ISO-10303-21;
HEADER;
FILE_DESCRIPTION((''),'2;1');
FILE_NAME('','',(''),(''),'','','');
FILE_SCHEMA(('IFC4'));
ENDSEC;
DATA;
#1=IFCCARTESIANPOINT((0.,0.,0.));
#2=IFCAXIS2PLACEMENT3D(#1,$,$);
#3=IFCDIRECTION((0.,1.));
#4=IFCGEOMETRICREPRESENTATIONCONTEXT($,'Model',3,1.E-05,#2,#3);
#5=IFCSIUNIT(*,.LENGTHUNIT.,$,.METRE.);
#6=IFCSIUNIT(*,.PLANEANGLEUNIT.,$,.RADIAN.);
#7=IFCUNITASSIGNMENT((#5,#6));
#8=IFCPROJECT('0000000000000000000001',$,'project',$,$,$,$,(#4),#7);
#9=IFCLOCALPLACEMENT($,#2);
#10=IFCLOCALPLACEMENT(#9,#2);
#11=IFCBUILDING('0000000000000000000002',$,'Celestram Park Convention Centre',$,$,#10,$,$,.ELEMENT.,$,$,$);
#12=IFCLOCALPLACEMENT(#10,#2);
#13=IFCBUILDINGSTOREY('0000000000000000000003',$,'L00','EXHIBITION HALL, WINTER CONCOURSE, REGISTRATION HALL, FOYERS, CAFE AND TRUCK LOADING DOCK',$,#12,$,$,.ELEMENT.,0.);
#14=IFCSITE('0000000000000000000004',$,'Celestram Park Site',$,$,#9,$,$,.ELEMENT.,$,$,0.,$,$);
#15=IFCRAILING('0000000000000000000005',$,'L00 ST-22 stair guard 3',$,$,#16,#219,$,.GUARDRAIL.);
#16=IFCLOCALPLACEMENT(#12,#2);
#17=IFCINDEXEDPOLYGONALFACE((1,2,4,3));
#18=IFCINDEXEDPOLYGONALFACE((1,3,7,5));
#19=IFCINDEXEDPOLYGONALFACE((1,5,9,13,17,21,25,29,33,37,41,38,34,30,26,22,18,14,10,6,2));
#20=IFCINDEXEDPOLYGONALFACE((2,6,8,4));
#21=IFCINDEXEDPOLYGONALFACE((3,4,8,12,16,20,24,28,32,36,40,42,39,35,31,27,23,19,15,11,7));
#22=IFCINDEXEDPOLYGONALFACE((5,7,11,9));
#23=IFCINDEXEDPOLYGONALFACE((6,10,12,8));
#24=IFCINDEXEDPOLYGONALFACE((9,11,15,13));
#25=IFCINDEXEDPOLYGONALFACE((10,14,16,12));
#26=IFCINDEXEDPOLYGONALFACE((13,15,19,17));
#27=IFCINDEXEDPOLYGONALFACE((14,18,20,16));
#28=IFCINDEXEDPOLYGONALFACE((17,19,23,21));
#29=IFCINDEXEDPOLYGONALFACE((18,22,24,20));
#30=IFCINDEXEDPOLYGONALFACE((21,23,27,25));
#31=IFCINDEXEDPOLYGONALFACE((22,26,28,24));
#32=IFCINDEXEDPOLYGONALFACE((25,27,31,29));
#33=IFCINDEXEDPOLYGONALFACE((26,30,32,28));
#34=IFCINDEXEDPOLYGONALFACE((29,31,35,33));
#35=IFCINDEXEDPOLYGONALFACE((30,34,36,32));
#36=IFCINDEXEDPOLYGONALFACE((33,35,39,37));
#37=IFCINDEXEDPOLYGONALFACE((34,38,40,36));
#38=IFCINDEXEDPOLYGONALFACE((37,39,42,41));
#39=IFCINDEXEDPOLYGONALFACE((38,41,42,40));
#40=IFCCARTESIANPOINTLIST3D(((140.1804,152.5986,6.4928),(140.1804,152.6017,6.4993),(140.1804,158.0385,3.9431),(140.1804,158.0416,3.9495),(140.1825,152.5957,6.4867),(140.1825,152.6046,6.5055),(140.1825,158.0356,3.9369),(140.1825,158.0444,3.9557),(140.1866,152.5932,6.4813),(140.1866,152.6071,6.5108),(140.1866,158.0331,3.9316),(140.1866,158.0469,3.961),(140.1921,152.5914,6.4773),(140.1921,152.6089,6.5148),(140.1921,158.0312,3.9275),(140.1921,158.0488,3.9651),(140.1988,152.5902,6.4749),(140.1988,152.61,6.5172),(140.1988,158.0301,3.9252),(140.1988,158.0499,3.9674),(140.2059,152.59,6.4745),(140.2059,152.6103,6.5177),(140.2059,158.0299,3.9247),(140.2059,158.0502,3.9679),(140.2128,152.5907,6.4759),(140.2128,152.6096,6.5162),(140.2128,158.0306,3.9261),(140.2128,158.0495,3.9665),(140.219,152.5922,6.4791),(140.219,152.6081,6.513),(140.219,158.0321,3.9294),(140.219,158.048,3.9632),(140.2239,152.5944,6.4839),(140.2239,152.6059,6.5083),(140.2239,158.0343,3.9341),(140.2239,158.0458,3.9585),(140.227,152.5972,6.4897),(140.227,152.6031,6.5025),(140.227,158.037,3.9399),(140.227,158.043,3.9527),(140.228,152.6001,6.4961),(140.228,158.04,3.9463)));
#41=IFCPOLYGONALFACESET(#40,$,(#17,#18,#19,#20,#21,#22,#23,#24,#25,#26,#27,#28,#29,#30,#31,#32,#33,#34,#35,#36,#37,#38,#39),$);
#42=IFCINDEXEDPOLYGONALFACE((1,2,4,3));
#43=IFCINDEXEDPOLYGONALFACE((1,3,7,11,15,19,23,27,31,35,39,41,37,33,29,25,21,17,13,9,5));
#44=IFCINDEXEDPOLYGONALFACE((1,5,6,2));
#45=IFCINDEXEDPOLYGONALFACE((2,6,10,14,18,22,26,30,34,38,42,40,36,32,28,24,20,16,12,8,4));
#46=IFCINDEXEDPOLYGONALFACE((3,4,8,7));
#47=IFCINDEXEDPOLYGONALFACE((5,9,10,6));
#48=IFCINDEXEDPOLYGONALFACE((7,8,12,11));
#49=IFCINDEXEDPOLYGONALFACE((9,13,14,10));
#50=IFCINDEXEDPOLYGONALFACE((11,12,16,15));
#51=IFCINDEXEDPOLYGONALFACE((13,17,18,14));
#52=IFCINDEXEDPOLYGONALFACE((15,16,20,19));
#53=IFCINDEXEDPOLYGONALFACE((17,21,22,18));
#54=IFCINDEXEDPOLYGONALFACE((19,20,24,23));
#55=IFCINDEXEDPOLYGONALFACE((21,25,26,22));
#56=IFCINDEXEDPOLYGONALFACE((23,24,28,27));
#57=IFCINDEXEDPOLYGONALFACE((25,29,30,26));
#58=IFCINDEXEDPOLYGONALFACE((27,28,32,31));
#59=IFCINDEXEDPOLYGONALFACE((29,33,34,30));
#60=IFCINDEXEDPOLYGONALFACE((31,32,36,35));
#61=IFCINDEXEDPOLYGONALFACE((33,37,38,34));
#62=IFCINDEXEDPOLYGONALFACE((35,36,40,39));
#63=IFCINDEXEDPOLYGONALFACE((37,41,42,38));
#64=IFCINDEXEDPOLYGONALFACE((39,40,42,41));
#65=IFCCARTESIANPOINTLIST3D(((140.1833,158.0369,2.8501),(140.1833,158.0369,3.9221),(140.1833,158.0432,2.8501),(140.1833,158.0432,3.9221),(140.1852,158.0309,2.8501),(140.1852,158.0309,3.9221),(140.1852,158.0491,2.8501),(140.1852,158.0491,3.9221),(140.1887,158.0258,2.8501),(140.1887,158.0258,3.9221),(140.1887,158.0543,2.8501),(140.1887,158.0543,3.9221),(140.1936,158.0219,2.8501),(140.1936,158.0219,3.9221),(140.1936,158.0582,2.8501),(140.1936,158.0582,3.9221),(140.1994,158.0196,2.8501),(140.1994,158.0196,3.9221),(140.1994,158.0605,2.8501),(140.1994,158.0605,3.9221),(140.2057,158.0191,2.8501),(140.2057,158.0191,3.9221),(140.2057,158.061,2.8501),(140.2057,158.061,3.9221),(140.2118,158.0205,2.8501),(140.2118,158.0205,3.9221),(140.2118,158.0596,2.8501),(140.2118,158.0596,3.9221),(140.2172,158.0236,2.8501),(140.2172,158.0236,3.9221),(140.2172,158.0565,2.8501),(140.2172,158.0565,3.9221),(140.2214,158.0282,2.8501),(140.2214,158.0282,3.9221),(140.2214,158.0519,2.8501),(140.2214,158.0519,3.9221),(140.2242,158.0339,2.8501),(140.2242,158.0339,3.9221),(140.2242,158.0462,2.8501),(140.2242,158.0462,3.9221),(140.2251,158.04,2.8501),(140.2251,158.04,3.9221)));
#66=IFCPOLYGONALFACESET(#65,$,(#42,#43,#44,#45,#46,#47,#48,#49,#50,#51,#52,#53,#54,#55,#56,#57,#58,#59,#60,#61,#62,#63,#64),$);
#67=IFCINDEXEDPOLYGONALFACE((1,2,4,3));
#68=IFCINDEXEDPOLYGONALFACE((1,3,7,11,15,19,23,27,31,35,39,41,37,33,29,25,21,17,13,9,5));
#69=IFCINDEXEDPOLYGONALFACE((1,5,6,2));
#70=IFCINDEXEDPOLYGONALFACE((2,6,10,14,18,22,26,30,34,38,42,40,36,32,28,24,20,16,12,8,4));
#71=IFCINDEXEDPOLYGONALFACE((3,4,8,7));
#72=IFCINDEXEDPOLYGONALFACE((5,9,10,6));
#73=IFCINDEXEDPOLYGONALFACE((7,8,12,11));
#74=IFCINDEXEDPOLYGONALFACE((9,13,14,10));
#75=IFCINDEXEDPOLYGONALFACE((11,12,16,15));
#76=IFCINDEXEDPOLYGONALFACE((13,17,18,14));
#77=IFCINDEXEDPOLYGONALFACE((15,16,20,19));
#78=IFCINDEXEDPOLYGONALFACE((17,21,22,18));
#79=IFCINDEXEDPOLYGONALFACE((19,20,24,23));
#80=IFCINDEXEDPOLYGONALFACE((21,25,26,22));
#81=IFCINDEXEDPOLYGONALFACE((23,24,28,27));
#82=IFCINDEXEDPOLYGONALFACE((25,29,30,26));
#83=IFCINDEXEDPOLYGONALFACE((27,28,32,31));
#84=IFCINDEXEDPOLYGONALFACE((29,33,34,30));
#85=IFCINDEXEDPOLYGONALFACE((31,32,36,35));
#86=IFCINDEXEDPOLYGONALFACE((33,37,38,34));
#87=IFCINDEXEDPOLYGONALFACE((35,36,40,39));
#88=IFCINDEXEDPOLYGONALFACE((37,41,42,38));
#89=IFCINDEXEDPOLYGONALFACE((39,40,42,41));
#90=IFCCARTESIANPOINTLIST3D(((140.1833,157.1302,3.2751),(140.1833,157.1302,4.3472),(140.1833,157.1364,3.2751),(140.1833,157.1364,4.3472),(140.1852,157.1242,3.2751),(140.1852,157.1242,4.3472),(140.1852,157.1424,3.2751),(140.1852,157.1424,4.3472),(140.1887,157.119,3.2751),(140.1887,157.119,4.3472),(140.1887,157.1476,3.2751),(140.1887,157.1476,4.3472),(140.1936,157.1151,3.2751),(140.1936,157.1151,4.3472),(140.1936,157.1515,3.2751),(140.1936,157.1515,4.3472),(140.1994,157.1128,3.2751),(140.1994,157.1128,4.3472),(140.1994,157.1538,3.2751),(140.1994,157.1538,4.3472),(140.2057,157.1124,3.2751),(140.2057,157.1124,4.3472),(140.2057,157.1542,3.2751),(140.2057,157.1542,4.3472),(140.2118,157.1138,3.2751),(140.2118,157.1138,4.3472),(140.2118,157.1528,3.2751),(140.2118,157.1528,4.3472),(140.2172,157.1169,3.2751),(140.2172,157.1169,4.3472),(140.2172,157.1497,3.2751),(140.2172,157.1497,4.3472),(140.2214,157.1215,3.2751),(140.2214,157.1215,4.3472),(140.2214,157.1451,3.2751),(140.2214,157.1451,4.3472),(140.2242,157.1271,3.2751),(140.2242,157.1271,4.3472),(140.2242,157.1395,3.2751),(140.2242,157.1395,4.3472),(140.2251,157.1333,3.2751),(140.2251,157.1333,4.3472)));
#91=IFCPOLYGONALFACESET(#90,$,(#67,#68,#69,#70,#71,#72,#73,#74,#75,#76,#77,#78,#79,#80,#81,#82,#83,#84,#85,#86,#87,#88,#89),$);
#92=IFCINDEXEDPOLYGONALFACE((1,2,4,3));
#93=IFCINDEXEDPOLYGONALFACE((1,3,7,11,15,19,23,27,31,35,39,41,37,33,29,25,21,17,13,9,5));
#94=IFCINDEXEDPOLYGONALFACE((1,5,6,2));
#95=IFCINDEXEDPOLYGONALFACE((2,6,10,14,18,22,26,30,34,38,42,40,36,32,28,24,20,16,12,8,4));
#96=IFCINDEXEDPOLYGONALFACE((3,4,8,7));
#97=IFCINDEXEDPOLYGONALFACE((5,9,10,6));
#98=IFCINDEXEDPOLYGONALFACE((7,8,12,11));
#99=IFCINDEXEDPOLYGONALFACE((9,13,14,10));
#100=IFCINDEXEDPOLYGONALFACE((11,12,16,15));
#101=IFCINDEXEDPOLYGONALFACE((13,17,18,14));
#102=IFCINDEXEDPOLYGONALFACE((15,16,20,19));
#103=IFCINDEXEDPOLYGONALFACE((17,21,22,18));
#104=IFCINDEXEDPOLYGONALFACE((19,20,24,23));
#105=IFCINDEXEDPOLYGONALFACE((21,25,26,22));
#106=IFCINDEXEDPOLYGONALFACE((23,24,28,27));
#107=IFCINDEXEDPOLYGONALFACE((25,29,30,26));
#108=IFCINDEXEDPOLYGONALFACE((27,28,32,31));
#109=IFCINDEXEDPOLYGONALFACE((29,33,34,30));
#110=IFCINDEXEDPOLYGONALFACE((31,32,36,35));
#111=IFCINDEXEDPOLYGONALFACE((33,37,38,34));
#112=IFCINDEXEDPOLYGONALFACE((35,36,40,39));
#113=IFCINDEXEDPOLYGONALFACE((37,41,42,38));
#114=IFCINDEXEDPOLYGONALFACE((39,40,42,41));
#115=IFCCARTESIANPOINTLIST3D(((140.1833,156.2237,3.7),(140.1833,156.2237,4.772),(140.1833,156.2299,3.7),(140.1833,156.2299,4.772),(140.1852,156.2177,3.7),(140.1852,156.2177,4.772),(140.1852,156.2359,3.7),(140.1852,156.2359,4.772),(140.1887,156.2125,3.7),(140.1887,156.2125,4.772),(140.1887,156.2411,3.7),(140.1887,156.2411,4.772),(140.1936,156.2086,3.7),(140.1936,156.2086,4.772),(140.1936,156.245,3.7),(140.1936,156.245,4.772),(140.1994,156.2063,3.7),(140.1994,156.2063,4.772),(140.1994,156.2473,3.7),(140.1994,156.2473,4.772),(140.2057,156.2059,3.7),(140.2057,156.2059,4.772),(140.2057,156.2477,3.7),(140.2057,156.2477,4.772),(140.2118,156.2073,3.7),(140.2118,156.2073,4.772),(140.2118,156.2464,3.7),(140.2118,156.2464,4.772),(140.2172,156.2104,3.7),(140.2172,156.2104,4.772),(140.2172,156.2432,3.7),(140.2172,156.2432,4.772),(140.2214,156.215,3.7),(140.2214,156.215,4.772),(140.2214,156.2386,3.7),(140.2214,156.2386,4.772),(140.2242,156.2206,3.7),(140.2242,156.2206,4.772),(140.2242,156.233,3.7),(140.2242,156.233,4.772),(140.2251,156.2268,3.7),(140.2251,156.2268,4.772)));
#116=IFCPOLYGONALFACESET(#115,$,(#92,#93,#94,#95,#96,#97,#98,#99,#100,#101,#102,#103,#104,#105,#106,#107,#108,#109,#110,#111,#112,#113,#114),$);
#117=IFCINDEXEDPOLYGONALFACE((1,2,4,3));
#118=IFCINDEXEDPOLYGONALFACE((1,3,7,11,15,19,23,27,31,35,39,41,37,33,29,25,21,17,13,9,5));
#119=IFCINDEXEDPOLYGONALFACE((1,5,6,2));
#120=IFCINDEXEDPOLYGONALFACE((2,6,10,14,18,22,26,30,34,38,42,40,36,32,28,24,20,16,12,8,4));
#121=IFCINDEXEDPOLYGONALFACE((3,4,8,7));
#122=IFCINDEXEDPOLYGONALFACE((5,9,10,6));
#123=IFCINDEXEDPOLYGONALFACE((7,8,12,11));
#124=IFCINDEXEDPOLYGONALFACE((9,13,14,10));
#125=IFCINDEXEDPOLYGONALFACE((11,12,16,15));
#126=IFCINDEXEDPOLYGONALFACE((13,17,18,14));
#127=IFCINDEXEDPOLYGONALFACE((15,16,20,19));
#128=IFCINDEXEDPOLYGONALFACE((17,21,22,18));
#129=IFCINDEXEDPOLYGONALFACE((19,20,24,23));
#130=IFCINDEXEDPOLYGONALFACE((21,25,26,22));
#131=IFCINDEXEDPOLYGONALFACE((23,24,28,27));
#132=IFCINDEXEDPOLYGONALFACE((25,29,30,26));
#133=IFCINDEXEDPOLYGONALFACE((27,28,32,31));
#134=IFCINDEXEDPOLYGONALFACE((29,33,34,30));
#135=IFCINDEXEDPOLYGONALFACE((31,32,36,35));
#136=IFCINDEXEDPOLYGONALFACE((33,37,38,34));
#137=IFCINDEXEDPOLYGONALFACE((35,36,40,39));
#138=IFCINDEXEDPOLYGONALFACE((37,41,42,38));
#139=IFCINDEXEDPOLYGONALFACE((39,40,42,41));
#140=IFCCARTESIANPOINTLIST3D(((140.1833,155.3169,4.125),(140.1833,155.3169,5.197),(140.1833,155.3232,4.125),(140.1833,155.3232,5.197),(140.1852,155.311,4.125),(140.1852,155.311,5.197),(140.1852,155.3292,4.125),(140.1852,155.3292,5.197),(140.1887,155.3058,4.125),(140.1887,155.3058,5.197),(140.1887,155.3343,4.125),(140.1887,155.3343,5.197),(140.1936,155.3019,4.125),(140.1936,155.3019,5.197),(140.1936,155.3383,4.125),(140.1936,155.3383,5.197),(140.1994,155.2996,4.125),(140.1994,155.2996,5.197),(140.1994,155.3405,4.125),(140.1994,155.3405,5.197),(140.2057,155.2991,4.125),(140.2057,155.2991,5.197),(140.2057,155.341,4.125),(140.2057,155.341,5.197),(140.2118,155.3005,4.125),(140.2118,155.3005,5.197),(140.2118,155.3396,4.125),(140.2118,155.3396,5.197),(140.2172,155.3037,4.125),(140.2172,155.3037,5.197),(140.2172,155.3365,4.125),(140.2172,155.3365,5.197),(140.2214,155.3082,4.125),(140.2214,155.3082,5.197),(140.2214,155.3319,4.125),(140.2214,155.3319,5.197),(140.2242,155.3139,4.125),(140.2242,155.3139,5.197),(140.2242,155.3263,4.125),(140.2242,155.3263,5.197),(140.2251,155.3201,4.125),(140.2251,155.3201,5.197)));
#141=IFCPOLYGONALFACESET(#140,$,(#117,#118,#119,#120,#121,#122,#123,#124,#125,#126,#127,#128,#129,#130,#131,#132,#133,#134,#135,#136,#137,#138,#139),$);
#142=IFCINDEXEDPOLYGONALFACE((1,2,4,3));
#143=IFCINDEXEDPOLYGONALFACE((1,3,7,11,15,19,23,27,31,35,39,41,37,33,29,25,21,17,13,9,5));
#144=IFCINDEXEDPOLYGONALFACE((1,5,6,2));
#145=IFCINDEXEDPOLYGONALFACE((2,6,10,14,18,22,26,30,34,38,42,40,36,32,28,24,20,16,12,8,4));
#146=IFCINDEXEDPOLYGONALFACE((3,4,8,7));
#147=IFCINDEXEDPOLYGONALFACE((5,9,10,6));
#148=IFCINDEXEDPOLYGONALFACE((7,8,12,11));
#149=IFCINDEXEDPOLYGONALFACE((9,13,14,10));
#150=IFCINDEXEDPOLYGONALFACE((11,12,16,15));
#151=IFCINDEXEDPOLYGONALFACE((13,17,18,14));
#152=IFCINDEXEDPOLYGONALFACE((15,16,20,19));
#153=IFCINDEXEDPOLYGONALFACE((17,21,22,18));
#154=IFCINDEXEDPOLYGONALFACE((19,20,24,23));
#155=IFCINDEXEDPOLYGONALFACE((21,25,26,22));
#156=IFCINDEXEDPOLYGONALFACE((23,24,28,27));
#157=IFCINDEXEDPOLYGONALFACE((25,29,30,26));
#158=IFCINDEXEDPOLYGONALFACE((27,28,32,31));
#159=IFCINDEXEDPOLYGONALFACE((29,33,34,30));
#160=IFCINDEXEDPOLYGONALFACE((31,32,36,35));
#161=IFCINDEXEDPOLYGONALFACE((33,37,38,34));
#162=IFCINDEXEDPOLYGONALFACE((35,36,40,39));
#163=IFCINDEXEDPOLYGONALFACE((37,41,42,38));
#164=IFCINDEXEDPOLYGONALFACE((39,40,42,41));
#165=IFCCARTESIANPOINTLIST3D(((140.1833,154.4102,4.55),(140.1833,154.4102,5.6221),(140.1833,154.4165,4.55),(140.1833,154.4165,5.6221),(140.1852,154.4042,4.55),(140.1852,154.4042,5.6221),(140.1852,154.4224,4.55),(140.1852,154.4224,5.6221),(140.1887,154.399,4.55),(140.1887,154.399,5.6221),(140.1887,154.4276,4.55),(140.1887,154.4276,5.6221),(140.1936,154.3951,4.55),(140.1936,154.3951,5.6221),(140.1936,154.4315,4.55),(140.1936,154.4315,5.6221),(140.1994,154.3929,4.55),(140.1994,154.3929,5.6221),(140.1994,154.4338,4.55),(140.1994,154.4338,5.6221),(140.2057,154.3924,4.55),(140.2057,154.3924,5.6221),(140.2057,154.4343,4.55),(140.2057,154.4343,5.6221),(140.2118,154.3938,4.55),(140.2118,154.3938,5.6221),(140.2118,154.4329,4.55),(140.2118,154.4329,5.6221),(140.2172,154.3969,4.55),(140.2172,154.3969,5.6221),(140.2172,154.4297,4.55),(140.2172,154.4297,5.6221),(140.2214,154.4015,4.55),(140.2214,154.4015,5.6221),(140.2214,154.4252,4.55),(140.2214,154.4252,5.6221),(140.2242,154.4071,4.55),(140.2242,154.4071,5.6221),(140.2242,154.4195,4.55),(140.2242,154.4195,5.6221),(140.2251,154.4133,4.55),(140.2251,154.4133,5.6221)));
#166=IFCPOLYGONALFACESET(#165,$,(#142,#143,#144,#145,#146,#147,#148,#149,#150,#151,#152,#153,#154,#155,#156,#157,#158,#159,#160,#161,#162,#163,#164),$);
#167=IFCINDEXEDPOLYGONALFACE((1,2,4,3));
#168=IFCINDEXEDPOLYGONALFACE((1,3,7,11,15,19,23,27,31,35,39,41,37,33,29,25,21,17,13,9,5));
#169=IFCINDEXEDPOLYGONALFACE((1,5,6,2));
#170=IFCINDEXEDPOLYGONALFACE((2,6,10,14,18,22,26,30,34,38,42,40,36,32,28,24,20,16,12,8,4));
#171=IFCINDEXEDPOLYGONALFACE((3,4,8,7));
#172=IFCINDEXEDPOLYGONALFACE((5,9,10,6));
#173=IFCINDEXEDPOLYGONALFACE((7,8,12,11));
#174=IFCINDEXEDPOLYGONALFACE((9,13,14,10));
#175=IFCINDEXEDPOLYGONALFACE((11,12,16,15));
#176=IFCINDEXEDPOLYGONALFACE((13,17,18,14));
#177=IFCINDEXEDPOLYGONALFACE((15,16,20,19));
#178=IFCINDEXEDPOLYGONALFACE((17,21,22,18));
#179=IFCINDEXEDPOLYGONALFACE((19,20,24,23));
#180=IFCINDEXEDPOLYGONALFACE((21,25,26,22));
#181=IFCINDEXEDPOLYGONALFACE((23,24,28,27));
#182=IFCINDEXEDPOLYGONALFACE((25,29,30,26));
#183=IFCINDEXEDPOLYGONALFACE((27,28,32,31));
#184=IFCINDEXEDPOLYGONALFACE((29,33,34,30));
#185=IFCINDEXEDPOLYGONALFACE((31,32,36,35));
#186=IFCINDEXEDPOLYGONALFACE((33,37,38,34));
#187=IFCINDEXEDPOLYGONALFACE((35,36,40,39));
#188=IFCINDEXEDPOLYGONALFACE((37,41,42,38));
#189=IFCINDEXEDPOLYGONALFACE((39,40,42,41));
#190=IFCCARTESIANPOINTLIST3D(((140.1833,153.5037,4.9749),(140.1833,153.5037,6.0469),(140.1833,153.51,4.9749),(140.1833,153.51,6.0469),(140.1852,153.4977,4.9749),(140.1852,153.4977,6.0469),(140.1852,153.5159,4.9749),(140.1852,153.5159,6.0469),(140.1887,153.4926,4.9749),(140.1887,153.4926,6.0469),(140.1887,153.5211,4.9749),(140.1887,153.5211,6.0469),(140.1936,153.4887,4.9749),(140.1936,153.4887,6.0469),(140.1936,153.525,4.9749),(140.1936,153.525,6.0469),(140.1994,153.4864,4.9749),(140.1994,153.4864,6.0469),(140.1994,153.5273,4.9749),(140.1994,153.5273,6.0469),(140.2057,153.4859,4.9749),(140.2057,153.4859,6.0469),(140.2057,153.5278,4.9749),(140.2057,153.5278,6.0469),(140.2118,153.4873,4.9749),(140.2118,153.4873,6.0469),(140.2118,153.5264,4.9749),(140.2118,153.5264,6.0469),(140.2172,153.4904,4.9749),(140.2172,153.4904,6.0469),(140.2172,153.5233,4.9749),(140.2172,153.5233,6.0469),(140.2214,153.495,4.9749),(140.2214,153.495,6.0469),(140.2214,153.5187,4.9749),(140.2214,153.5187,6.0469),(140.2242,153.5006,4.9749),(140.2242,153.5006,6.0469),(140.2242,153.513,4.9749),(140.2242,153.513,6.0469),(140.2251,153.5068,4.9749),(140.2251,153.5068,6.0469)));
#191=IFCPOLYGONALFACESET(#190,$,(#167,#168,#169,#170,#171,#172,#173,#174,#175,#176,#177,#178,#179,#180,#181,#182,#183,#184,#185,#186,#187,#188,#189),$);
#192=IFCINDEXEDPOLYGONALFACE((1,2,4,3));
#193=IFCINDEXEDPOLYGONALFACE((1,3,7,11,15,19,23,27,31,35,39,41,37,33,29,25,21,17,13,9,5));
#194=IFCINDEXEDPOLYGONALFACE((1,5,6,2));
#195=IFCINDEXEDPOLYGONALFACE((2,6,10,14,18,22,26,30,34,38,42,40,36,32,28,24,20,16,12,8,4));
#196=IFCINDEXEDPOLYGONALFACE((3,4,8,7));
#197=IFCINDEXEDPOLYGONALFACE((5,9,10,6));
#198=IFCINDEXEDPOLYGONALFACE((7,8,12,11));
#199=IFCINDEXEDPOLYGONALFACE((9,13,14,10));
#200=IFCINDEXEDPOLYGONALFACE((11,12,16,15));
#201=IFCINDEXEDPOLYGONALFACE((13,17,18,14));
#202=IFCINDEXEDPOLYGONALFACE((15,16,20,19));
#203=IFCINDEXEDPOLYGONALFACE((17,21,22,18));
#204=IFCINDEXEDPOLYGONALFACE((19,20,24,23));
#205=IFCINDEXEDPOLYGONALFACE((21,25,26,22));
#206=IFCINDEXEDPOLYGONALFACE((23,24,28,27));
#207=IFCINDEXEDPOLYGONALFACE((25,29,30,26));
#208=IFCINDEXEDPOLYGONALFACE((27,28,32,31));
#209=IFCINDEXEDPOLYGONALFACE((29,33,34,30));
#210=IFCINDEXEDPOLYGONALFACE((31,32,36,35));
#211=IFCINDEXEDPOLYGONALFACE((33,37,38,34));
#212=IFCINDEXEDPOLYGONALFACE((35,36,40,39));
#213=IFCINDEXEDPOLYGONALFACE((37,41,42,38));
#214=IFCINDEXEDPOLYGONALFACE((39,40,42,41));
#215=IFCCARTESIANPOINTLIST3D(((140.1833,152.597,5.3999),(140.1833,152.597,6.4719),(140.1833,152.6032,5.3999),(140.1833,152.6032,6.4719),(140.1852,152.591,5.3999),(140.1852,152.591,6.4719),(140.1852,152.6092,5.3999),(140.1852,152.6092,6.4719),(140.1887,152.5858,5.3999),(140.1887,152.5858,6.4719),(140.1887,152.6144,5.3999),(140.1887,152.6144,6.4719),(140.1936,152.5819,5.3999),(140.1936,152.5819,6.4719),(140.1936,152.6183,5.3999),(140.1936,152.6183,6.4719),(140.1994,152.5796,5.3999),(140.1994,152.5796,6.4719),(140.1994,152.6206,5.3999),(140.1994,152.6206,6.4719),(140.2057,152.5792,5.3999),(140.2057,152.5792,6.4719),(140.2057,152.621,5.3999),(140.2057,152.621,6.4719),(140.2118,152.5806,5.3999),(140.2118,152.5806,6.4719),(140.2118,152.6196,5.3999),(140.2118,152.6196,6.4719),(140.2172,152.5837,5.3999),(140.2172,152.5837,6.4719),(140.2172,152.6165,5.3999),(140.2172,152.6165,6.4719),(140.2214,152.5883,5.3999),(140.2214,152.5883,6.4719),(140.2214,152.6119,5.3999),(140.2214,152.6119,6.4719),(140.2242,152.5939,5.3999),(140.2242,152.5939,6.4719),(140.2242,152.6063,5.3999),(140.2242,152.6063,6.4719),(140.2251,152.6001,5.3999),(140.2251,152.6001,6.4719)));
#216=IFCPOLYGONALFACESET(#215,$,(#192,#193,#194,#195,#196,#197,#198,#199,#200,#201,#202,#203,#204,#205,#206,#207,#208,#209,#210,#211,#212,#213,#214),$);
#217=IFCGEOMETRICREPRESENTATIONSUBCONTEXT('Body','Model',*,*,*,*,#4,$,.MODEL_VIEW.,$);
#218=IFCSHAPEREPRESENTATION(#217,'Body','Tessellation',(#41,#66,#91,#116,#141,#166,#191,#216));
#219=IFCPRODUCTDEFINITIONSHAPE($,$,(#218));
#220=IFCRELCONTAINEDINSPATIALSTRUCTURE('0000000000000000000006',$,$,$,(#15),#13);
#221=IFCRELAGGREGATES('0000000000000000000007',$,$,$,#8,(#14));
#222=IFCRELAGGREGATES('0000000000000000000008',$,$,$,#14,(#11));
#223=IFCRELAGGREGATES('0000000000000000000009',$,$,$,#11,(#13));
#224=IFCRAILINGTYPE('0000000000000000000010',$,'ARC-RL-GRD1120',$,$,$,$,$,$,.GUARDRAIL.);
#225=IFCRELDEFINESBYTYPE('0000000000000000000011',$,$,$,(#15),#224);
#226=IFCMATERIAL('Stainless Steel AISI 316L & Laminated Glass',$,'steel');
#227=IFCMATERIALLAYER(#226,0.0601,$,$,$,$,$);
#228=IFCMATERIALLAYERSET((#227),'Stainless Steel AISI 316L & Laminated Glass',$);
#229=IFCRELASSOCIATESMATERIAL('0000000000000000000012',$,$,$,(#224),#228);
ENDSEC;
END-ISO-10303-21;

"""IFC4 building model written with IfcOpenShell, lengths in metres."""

from ifc_helpers import new_model, si_unit, direction, frame, origin, origin_2d, place, context, subcontext, project, spatial, circle, extrude, material, layer, layer_set, type_object, element, save


model = new_model("IFC4")

# Units and contexts
model_context = context("Model", 3, precision=1e-05, world=origin(), true_north=direction((0.0, 1.0)))
body_context = subcontext(model_context, "Body", "Model", "MODEL_VIEW")
ifc_project = project(units=[si_unit("LENGTHUNIT", "METRE"), si_unit("PLANEANGLEUNIT", "RADIAN")], contexts=[model_context])

# Site, building, storey
site_placement = place(None, origin())
site = spatial("IfcSite", under=ifc_project, at=site_placement, Name="Celestram Park Site", CompositionType="ELEMENT", RefElevation=0.0)
building_placement = place(site_placement, origin())
building = spatial("IfcBuilding", under=site, at=building_placement, Name="Celestram Park Convention Centre", CompositionType="ELEMENT")
storey_placement = place(building_placement, origin())
storey = spatial("IfcBuildingStorey", under=building, at=storey_placement, Name="L00", Description="EXHIBITION HALL, WINTER CONCOURSE, REGISTRATION HALL, FOYERS, CAFE AND TRUCK LOADING DOCK", CompositionType="ELEMENT", Elevation=0.0)

# Railing
ifc_material_1 = material(Name="Stainless Steel AISI 316L & Laminated Glass", Category="steel")
ifc_layer_1 = layer(ifc_material_1, 0.0601)
ifc_layer_set_1 = layer_set([ifc_layer_1], Name="Stainless Steel AISI 316L & Laminated Glass")
railing_type_1 = type_object("IfcRailingType", Name="ARC-RL-GRD1120", PredefinedType="GUARDRAIL", material=ifc_layer_set_1)
railing_1_placement = place(storey_placement, frame((140.2041, 158.04, 2.8501)))
element("IfcRailing", 1, at=railing_1_placement, inside=storey, type_object=railing_type_1, Name="L00 ST-22 stair guard 3", PredefinedType="GUARDRAIL", context=body_context, shape_type="SweptSolid", body=[
    extrude(circle(Radius=0.0239, at=origin_2d()), frame((0.0, 0.0, 1.0962), z_axis=(0.0, -0.90547, 0.424411), x_axis=(1.0, 0.0, 0.0)), (0.0, 0.0, 1.0), 6.0078),
    extrude(circle(Radius=0.021, at=origin_2d()), origin(), (0.0, 0.0, 1.0), 1.072),
    extrude(circle(Radius=0.021, at=origin_2d()), frame((0.0, -0.9067, 0.425)), (0.0, 0.0, 1.0), 1.072),
    extrude(circle(Radius=0.021, at=origin_2d()), frame((0.0, -1.8132, 0.8499)), (0.0, 0.0, 1.0), 1.072),
    extrude(circle(Radius=0.021, at=origin_2d()), frame((0.0, -2.72, 1.2749)), (0.0, 0.0, 1.0), 1.072),
    extrude(circle(Radius=0.021, at=origin_2d()), frame((0.0, -3.6267, 1.7)), (0.0, 0.0, 1.0), 1.072),
    extrude(circle(Radius=0.021, at=origin_2d()), frame((0.0, -4.5332, 2.1248)), (0.0, 0.0, 1.0), 1.072),
    extrude(circle(Radius=0.021, at=origin_2d()), frame((0.0, -5.4399, 2.5498)), (0.0, 0.0, 1.0), 1.072),
])

save(model, "model.ifc")
